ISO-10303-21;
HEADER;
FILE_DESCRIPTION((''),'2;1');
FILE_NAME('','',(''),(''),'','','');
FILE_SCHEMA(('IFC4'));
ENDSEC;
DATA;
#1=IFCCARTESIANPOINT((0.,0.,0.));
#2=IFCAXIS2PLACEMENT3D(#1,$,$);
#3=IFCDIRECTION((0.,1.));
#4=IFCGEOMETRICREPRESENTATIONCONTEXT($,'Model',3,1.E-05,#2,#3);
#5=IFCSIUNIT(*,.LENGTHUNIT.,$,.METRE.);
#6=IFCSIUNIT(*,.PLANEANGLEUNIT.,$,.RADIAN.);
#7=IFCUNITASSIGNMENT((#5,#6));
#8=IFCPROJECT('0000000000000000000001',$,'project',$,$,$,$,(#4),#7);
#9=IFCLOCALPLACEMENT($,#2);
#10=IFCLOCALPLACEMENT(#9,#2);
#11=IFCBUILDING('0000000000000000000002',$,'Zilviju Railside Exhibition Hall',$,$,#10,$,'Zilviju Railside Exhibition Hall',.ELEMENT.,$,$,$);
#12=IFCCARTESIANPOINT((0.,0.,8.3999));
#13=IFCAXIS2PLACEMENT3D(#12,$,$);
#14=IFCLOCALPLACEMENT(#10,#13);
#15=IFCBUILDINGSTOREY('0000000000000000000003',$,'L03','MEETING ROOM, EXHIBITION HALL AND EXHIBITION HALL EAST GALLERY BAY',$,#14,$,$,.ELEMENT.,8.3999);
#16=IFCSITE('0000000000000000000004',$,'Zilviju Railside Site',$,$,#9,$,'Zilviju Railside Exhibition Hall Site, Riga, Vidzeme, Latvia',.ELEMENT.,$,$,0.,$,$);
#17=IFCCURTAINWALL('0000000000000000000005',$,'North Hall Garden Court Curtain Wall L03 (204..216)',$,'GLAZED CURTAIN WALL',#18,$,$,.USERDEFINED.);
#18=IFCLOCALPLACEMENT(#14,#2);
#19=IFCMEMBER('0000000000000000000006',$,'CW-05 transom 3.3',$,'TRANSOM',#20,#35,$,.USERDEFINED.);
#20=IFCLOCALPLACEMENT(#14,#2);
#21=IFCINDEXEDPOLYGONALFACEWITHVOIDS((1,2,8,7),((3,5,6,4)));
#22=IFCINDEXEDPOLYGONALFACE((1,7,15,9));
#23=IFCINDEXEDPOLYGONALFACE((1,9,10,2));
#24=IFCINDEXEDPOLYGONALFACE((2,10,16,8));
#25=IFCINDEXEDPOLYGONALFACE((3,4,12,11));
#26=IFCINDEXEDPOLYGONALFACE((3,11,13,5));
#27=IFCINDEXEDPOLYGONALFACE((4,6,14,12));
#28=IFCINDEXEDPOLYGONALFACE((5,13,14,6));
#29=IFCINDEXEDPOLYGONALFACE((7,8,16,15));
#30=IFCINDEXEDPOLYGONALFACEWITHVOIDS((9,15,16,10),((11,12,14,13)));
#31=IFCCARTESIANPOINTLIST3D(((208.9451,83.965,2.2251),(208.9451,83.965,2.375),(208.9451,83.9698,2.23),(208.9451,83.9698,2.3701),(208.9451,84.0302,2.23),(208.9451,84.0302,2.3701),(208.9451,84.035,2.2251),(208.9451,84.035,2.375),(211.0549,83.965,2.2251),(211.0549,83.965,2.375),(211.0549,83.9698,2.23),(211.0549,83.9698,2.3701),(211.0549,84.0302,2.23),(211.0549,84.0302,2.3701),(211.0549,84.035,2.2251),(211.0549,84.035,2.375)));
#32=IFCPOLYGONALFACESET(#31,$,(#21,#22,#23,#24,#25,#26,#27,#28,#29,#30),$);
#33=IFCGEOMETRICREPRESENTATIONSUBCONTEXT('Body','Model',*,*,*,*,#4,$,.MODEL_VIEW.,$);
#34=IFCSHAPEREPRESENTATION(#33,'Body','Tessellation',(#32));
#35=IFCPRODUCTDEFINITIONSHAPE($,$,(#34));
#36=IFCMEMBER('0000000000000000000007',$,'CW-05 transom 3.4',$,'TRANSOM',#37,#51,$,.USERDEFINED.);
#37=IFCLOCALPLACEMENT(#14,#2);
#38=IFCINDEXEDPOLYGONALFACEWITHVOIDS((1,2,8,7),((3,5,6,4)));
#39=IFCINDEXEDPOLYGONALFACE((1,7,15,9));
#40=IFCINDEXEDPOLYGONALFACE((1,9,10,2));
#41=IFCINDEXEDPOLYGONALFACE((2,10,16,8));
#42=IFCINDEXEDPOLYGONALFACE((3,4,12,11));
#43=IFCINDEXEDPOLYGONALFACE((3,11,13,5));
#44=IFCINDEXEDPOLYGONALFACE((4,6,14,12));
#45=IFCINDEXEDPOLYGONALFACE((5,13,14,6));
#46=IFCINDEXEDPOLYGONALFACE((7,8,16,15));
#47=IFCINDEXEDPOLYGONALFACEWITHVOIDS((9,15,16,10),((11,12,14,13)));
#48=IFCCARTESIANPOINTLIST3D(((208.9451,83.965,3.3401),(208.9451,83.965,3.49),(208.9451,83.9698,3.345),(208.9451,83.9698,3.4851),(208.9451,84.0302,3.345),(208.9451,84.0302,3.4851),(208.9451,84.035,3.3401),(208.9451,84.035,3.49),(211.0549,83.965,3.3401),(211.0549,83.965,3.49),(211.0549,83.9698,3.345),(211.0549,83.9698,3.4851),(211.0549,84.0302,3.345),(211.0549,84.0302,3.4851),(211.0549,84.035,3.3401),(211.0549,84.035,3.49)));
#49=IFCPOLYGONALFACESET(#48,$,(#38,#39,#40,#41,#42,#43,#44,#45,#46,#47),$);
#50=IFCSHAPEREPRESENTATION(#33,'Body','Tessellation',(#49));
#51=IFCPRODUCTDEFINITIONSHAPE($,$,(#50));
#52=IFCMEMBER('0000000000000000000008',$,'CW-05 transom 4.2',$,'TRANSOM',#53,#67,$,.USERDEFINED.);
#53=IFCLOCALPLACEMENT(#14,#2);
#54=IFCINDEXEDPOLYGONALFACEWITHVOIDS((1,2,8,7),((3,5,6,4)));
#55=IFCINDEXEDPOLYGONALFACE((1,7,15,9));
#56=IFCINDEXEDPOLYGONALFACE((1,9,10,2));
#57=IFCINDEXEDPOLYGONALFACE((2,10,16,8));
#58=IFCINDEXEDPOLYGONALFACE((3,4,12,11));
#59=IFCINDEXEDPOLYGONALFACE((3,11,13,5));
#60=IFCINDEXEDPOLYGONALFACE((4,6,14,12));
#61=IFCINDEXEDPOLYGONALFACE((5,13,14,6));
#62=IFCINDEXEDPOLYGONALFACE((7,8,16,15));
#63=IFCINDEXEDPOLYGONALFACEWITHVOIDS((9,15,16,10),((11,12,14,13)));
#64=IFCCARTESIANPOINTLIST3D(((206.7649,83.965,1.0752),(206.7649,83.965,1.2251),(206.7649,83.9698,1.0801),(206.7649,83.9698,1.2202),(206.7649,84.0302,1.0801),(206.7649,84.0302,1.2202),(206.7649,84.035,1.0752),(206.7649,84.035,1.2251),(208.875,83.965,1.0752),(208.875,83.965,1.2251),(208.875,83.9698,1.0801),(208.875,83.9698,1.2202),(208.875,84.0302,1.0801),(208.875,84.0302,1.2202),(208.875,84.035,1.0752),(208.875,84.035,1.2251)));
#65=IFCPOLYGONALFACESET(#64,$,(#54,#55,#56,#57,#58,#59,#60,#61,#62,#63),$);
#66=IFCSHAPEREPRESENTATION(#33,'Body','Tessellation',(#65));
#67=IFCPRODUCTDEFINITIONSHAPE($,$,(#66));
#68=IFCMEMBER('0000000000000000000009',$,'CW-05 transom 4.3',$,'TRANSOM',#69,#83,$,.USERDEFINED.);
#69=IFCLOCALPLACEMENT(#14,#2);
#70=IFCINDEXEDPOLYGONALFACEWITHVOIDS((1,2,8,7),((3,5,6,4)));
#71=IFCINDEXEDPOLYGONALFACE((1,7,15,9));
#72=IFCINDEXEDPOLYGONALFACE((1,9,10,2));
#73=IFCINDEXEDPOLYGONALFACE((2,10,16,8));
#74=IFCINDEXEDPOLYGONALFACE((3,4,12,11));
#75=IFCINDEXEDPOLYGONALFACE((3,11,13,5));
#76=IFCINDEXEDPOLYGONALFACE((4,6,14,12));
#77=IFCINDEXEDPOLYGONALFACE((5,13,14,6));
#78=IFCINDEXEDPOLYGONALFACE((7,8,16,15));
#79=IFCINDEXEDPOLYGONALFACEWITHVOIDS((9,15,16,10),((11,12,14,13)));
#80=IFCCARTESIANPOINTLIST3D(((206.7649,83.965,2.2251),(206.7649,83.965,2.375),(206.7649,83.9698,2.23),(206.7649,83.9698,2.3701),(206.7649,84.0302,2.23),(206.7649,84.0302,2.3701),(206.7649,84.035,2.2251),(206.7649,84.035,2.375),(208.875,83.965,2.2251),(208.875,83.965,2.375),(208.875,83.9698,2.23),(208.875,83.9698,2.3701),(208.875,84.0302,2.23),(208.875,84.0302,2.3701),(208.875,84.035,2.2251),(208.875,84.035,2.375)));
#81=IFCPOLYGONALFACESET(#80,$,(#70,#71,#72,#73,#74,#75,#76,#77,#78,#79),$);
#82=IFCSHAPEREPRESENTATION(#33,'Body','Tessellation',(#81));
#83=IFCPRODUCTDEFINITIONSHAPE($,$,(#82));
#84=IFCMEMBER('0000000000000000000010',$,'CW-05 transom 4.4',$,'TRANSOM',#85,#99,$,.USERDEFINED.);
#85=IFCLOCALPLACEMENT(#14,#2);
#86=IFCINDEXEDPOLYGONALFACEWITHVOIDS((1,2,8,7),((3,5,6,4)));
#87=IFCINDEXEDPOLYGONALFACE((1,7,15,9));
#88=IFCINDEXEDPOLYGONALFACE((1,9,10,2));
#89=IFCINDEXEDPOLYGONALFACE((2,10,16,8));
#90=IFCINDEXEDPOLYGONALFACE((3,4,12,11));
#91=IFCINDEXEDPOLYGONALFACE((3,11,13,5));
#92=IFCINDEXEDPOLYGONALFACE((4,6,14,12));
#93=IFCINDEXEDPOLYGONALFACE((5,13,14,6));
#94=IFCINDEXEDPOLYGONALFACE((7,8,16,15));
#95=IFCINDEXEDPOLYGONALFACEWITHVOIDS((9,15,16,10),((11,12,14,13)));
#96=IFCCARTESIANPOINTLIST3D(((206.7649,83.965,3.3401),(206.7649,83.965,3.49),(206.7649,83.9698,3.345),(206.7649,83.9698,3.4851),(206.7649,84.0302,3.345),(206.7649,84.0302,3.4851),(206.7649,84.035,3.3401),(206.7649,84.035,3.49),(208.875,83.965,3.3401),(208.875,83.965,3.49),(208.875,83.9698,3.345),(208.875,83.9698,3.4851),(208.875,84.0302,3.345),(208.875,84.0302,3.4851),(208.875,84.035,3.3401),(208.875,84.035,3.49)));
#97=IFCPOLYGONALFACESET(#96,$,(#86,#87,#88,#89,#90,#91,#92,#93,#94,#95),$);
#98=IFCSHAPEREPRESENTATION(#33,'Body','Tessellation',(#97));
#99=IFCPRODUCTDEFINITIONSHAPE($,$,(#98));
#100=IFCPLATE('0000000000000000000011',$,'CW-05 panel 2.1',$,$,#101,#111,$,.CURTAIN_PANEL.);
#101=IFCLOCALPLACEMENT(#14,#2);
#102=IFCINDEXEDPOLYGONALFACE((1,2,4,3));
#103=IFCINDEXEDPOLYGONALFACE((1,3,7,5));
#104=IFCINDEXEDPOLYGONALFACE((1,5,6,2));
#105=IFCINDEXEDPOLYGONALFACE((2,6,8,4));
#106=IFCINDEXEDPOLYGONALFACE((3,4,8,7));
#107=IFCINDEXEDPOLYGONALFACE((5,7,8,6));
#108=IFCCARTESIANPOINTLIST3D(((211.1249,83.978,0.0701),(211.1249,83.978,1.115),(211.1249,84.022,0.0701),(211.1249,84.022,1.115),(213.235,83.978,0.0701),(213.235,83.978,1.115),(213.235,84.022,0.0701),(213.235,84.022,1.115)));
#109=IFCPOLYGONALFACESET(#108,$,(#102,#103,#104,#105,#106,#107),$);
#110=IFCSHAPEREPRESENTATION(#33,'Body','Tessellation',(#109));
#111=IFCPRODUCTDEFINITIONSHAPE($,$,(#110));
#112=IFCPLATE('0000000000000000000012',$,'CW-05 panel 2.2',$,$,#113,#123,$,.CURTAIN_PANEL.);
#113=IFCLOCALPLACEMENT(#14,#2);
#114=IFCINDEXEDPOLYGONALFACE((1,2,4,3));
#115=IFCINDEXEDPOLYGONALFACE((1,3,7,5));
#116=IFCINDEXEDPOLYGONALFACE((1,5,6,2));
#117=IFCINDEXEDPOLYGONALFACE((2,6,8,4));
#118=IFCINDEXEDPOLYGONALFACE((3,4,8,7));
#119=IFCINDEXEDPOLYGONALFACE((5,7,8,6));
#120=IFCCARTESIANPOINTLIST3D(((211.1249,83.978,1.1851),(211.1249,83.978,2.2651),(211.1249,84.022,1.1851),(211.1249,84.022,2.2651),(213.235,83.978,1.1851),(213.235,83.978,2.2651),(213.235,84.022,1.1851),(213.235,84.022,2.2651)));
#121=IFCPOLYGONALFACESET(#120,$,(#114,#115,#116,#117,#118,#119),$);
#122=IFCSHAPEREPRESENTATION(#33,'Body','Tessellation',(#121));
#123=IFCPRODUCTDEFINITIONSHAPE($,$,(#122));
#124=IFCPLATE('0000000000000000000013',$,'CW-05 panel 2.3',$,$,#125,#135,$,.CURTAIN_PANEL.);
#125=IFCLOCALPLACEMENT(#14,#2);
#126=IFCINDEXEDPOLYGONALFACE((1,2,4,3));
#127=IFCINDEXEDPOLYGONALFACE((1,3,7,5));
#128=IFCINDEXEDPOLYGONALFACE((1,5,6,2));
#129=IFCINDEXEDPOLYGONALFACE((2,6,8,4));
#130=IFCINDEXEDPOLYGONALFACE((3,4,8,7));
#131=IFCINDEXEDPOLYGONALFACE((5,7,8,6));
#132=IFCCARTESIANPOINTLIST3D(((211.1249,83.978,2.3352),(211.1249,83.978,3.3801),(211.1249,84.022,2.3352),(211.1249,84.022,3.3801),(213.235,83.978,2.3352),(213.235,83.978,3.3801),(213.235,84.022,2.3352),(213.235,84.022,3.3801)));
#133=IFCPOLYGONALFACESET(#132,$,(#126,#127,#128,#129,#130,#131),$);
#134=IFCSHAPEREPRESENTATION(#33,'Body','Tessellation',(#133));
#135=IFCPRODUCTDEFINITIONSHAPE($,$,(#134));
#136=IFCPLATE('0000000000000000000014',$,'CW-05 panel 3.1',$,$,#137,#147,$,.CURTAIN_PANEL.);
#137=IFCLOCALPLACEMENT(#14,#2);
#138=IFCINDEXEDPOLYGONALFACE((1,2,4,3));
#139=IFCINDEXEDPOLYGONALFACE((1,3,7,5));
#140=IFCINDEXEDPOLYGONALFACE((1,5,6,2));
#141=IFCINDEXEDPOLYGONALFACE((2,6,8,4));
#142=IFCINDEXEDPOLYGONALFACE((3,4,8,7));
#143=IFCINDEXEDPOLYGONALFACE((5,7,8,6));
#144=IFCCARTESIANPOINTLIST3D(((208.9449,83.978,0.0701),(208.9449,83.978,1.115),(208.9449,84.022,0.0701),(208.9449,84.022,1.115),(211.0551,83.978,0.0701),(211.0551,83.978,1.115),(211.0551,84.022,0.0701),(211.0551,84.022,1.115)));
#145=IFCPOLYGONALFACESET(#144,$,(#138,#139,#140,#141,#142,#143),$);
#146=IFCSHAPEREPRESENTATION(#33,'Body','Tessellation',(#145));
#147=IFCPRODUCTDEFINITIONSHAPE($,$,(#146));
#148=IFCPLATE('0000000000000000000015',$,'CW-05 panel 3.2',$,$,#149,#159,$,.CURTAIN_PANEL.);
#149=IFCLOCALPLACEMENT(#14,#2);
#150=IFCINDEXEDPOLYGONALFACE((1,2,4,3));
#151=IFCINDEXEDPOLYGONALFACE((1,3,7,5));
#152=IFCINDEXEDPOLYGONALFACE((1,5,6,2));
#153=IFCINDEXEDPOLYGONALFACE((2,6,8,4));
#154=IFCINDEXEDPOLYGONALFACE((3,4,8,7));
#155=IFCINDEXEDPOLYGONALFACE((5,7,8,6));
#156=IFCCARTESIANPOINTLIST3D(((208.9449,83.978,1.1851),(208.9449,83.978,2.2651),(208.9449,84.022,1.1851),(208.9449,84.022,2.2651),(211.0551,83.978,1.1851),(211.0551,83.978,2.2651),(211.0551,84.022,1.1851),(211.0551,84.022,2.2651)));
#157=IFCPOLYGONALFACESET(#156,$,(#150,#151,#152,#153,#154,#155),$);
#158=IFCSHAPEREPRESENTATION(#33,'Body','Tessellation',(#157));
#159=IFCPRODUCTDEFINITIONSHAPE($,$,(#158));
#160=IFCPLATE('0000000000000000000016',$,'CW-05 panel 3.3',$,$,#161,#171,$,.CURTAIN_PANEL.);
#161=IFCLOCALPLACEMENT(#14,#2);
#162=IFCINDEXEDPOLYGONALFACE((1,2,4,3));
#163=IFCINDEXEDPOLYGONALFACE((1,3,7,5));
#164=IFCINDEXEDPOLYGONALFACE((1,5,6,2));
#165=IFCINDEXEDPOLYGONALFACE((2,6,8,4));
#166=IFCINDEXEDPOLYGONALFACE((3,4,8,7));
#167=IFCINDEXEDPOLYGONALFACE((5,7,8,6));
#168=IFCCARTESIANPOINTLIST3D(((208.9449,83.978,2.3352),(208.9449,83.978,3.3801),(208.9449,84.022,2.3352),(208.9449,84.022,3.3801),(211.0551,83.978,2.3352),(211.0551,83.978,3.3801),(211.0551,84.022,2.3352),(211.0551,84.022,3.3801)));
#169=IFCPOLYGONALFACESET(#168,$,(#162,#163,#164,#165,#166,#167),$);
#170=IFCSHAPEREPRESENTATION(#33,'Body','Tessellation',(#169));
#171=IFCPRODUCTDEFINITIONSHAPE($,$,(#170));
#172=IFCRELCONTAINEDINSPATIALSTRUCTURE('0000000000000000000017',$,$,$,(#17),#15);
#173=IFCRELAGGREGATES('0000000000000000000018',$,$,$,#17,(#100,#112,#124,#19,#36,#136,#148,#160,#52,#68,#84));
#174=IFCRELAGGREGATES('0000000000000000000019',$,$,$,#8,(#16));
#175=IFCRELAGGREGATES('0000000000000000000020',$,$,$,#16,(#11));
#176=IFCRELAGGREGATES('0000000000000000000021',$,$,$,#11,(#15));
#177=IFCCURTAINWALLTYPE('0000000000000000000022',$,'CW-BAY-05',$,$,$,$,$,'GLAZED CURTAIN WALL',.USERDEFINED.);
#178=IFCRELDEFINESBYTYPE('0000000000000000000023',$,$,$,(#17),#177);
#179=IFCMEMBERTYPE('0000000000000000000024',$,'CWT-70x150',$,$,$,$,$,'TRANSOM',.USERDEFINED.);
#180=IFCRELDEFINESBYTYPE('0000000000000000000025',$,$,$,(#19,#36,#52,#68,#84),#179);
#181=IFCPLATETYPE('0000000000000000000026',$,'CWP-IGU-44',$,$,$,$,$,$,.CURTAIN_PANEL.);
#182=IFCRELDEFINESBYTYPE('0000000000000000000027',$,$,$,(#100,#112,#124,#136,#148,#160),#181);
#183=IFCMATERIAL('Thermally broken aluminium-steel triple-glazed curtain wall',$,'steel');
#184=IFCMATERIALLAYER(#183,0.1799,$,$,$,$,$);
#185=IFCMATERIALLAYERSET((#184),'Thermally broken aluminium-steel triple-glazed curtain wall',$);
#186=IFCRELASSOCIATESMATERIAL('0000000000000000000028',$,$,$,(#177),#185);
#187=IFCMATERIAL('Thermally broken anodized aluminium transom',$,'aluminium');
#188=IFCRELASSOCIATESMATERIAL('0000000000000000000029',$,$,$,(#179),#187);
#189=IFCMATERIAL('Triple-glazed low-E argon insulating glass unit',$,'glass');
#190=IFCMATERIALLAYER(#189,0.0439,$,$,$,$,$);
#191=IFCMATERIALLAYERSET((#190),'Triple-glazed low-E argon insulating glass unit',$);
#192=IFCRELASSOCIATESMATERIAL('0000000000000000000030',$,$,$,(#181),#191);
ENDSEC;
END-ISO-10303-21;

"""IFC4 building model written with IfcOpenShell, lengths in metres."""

from ifc_helpers import new_model, si_unit, direction, frame, origin, origin_2d, place, context, subcontext, project, spatial, rectangle, hollow_rectangle, extrude, material, layer, layer_set, material_profile, profile_set, type_object, element, aggregate, save


model = new_model("IFC4")

# Units and contexts
model_context = context("Model", 3, precision=1e-05, world=origin(), true_north=direction((0.0, 1.0)))
body_context = subcontext(model_context, "Body", "Model", "MODEL_VIEW")
ifc_project = project(units=[si_unit("LENGTHUNIT", "METRE"), si_unit("PLANEANGLEUNIT", "RADIAN")], contexts=[model_context])

# Site, building, storey
site_placement = place(None, origin())
site = spatial("IfcSite", under=ifc_project, at=site_placement, Name="Zilviju Railside Site", LongName="Zilviju Railside Exhibition Hall Site, Riga, Vidzeme, Latvia", CompositionType="ELEMENT", RefElevation=0.0)
building_placement = place(site_placement, origin())
building = spatial("IfcBuilding", under=site, at=building_placement, Name="Zilviju Railside Exhibition Hall", LongName="Zilviju Railside Exhibition Hall", CompositionType="ELEMENT")
storey_placement = place(building_placement, frame((0.0, 0.0, 8.3999)))
storey = spatial("IfcBuildingStorey", under=building, at=storey_placement, Name="L03", Description="MEETING ROOM, EXHIBITION HALL AND EXHIBITION HALL EAST GALLERY BAY", CompositionType="ELEMENT", Elevation=8.3999)

# Curtain wall, members, plates
ifc_material_1 = material(Name="Thermally broken aluminium-steel triple-glazed curtain wall", Category="steel")
ifc_layer_1 = layer(ifc_material_1, 0.1799)
ifc_layer_set_1 = layer_set([ifc_layer_1], Name="Thermally broken aluminium-steel triple-glazed curtain wall")
curtain_wall_type = type_object("IfcCurtainWallType", Name="CW-BAY-05", ElementType="GLAZED CURTAIN WALL", PredefinedType="USERDEFINED", material=ifc_layer_set_1)
curtain_wall_placement = place(storey_placement, origin())
curtain_wall = element("IfcCurtainWall", 1, at=curtain_wall_placement, inside=storey, type_object=curtain_wall_type, Name="North Hall Garden Court Curtain Wall L03 (204..216)", ObjectType="GLAZED CURTAIN WALL", PredefinedType="USERDEFINED")
ifc_material_2 = material(Name="Thermally broken anodized aluminium transom", Category="aluminium")
ifc_material_profile_1 = material_profile(ifc_material_2, hollow_rectangle(XDim=0.0701, YDim=0.1499, WallThickness=0.0049, at=origin_2d()), Name="TRANSOM 150x70x5")
ifc_profile_set_1 = profile_set([ifc_material_profile_1], Name="Thermally broken anodized aluminium transom")
member_type_1 = type_object("IfcMemberType", Name="CWT-70x150", ElementType="TRANSOM", PredefinedType="USERDEFINED", material=ifc_profile_set_1)
member_1_placement = place(storey_placement, frame((211.0549, 84.0, 2.3), z_axis=(-1.0, 0.0, 0.0), x_axis=(0.0, -1.0, 0.0)))
member_1 = element("IfcMember", 2, at=member_1_placement, type_object=member_type_1, Name="CW-05 transom 3.3", ObjectType="TRANSOM", PredefinedType="USERDEFINED", context=body_context, shape_type="SweptSolid", body=[
    extrude(hollow_rectangle(XDim=0.0701, YDim=0.1499, WallThickness=0.0049, at=origin_2d()), origin(), (0.0, 0.0, 1.0), 2.1099),
])
member_2_placement = place(storey_placement, frame((211.0549, 84.0, 3.415), z_axis=(-1.0, 0.0, 0.0), x_axis=(0.0, -1.0, 0.0)))
member_2 = element("IfcMember", 3, at=member_2_placement, type_object=member_type_1, Name="CW-05 transom 3.4", ObjectType="TRANSOM", PredefinedType="USERDEFINED", context=body_context, shape_type="SweptSolid", body=[
    extrude(hollow_rectangle(XDim=0.0701, YDim=0.1499, WallThickness=0.0049, at=origin_2d()), origin(), (0.0, 0.0, 1.0), 2.1099),
])
member_3_placement = place(storey_placement, frame((208.875, 84.0, 1.1501), z_axis=(-1.0, 0.0, 0.0), x_axis=(0.0, -1.0, 0.0)))
member_3 = element("IfcMember", 4, at=member_3_placement, type_object=member_type_1, Name="CW-05 transom 4.2", ObjectType="TRANSOM", PredefinedType="USERDEFINED", context=body_context, shape_type="SweptSolid", body=[
    extrude(hollow_rectangle(XDim=0.0701, YDim=0.1499, WallThickness=0.0049, at=origin_2d()), origin(), (0.0, 0.0, 1.0), 2.1101),
])
member_4_placement = place(storey_placement, frame((208.875, 84.0, 2.3), z_axis=(-1.0, 0.0, 0.0), x_axis=(0.0, -1.0, 0.0)))
member_4 = element("IfcMember", 5, at=member_4_placement, type_object=member_type_1, Name="CW-05 transom 4.3", ObjectType="TRANSOM", PredefinedType="USERDEFINED", context=body_context, shape_type="SweptSolid", body=[
    extrude(hollow_rectangle(XDim=0.0701, YDim=0.1499, WallThickness=0.0049, at=origin_2d()), origin(), (0.0, 0.0, 1.0), 2.1101),
])
member_5_placement = place(storey_placement, frame((208.875, 84.0, 3.415), z_axis=(-1.0, 0.0, 0.0), x_axis=(0.0, -1.0, 0.0)))
member_5 = element("IfcMember", 6, at=member_5_placement, type_object=member_type_1, Name="CW-05 transom 4.4", ObjectType="TRANSOM", PredefinedType="USERDEFINED", context=body_context, shape_type="SweptSolid", body=[
    extrude(hollow_rectangle(XDim=0.0701, YDim=0.1499, WallThickness=0.0049, at=origin_2d()), origin(), (0.0, 0.0, 1.0), 2.1101),
])
ifc_material_3 = material(Name="Triple-glazed low-E argon insulating glass unit", Category="glass")
ifc_layer_2 = layer(ifc_material_3, 0.0439)
ifc_layer_set_2 = layer_set([ifc_layer_2], Name="Triple-glazed low-E argon insulating glass unit")
plate_type = type_object("IfcPlateType", Name="CWP-IGU-44", PredefinedType="CURTAIN_PANEL", material=ifc_layer_set_2)
plate_1_placement = place(storey_placement, frame((212.1799, 84.0, 0.0701), z_axis=(0.0, 0.0, 1.0), x_axis=(-1.0, 0.0, 0.0)))
plate_1 = element("IfcPlate", 7, at=plate_1_placement, type_object=plate_type, Name="CW-05 panel 2.1", PredefinedType="CURTAIN_PANEL", context=body_context, shape_type="SweptSolid", body=[
    extrude(rectangle(XDim=2.1101, YDim=0.0439, at=origin_2d()), origin(), (0.0, 0.0, 1.0), 1.0449),
])
plate_2_placement = place(storey_placement, frame((212.1799, 84.0, 1.1851), z_axis=(0.0, 0.0, 1.0), x_axis=(-1.0, 0.0, 0.0)))
plate_2 = element("IfcPlate", 8, at=plate_2_placement, type_object=plate_type, Name="CW-05 panel 2.2", PredefinedType="CURTAIN_PANEL", context=body_context, shape_type="SweptSolid", body=[
    extrude(rectangle(XDim=2.1101, YDim=0.0439, at=origin_2d()), origin(), (0.0, 0.0, 1.0), 1.0801),
])
plate_3_placement = place(storey_placement, frame((212.1799, 84.0, 2.3352), z_axis=(0.0, 0.0, 1.0), x_axis=(-1.0, 0.0, 0.0)))
plate_3 = element("IfcPlate", 9, at=plate_3_placement, type_object=plate_type, Name="CW-05 panel 2.3", PredefinedType="CURTAIN_PANEL", context=body_context, shape_type="SweptSolid", body=[
    extrude(rectangle(XDim=2.1101, YDim=0.0439, at=origin_2d()), origin(), (0.0, 0.0, 1.0), 1.0449),
])
plate_4_placement = place(storey_placement, frame((210.0, 84.0, 0.0701), z_axis=(0.0, 0.0, 1.0), x_axis=(-1.0, 0.0, 0.0)))
plate_4 = element("IfcPlate", 10, at=plate_4_placement, type_object=plate_type, Name="CW-05 panel 3.1", PredefinedType="CURTAIN_PANEL", context=body_context, shape_type="SweptSolid", body=[
    extrude(rectangle(XDim=2.1101, YDim=0.0439, at=origin_2d()), origin(), (0.0, 0.0, 1.0), 1.0449),
])
plate_5_placement = place(storey_placement, frame((210.0, 84.0, 1.1851), z_axis=(0.0, 0.0, 1.0), x_axis=(-1.0, 0.0, 0.0)))
plate_5 = element("IfcPlate", 11, at=plate_5_placement, type_object=plate_type, Name="CW-05 panel 3.2", PredefinedType="CURTAIN_PANEL", context=body_context, shape_type="SweptSolid", body=[
    extrude(rectangle(XDim=2.1101, YDim=0.0439, at=origin_2d()), origin(), (0.0, 0.0, 1.0), 1.0801),
])
plate_6_placement = place(storey_placement, frame((210.0, 84.0, 2.3352), z_axis=(0.0, 0.0, 1.0), x_axis=(-1.0, 0.0, 0.0)))
plate_6 = element("IfcPlate", 12, at=plate_6_placement, type_object=plate_type, Name="CW-05 panel 3.3", PredefinedType="CURTAIN_PANEL", context=body_context, shape_type="SweptSolid", body=[
    extrude(rectangle(XDim=2.1101, YDim=0.0439, at=origin_2d()), origin(), (0.0, 0.0, 1.0), 1.0449),
])
aggregate(curtain_wall, [plate_1, plate_2, plate_3, member_1, member_2, plate_4, plate_5, plate_6, member_3, member_4, member_5])

save(model, "model.ifc")
